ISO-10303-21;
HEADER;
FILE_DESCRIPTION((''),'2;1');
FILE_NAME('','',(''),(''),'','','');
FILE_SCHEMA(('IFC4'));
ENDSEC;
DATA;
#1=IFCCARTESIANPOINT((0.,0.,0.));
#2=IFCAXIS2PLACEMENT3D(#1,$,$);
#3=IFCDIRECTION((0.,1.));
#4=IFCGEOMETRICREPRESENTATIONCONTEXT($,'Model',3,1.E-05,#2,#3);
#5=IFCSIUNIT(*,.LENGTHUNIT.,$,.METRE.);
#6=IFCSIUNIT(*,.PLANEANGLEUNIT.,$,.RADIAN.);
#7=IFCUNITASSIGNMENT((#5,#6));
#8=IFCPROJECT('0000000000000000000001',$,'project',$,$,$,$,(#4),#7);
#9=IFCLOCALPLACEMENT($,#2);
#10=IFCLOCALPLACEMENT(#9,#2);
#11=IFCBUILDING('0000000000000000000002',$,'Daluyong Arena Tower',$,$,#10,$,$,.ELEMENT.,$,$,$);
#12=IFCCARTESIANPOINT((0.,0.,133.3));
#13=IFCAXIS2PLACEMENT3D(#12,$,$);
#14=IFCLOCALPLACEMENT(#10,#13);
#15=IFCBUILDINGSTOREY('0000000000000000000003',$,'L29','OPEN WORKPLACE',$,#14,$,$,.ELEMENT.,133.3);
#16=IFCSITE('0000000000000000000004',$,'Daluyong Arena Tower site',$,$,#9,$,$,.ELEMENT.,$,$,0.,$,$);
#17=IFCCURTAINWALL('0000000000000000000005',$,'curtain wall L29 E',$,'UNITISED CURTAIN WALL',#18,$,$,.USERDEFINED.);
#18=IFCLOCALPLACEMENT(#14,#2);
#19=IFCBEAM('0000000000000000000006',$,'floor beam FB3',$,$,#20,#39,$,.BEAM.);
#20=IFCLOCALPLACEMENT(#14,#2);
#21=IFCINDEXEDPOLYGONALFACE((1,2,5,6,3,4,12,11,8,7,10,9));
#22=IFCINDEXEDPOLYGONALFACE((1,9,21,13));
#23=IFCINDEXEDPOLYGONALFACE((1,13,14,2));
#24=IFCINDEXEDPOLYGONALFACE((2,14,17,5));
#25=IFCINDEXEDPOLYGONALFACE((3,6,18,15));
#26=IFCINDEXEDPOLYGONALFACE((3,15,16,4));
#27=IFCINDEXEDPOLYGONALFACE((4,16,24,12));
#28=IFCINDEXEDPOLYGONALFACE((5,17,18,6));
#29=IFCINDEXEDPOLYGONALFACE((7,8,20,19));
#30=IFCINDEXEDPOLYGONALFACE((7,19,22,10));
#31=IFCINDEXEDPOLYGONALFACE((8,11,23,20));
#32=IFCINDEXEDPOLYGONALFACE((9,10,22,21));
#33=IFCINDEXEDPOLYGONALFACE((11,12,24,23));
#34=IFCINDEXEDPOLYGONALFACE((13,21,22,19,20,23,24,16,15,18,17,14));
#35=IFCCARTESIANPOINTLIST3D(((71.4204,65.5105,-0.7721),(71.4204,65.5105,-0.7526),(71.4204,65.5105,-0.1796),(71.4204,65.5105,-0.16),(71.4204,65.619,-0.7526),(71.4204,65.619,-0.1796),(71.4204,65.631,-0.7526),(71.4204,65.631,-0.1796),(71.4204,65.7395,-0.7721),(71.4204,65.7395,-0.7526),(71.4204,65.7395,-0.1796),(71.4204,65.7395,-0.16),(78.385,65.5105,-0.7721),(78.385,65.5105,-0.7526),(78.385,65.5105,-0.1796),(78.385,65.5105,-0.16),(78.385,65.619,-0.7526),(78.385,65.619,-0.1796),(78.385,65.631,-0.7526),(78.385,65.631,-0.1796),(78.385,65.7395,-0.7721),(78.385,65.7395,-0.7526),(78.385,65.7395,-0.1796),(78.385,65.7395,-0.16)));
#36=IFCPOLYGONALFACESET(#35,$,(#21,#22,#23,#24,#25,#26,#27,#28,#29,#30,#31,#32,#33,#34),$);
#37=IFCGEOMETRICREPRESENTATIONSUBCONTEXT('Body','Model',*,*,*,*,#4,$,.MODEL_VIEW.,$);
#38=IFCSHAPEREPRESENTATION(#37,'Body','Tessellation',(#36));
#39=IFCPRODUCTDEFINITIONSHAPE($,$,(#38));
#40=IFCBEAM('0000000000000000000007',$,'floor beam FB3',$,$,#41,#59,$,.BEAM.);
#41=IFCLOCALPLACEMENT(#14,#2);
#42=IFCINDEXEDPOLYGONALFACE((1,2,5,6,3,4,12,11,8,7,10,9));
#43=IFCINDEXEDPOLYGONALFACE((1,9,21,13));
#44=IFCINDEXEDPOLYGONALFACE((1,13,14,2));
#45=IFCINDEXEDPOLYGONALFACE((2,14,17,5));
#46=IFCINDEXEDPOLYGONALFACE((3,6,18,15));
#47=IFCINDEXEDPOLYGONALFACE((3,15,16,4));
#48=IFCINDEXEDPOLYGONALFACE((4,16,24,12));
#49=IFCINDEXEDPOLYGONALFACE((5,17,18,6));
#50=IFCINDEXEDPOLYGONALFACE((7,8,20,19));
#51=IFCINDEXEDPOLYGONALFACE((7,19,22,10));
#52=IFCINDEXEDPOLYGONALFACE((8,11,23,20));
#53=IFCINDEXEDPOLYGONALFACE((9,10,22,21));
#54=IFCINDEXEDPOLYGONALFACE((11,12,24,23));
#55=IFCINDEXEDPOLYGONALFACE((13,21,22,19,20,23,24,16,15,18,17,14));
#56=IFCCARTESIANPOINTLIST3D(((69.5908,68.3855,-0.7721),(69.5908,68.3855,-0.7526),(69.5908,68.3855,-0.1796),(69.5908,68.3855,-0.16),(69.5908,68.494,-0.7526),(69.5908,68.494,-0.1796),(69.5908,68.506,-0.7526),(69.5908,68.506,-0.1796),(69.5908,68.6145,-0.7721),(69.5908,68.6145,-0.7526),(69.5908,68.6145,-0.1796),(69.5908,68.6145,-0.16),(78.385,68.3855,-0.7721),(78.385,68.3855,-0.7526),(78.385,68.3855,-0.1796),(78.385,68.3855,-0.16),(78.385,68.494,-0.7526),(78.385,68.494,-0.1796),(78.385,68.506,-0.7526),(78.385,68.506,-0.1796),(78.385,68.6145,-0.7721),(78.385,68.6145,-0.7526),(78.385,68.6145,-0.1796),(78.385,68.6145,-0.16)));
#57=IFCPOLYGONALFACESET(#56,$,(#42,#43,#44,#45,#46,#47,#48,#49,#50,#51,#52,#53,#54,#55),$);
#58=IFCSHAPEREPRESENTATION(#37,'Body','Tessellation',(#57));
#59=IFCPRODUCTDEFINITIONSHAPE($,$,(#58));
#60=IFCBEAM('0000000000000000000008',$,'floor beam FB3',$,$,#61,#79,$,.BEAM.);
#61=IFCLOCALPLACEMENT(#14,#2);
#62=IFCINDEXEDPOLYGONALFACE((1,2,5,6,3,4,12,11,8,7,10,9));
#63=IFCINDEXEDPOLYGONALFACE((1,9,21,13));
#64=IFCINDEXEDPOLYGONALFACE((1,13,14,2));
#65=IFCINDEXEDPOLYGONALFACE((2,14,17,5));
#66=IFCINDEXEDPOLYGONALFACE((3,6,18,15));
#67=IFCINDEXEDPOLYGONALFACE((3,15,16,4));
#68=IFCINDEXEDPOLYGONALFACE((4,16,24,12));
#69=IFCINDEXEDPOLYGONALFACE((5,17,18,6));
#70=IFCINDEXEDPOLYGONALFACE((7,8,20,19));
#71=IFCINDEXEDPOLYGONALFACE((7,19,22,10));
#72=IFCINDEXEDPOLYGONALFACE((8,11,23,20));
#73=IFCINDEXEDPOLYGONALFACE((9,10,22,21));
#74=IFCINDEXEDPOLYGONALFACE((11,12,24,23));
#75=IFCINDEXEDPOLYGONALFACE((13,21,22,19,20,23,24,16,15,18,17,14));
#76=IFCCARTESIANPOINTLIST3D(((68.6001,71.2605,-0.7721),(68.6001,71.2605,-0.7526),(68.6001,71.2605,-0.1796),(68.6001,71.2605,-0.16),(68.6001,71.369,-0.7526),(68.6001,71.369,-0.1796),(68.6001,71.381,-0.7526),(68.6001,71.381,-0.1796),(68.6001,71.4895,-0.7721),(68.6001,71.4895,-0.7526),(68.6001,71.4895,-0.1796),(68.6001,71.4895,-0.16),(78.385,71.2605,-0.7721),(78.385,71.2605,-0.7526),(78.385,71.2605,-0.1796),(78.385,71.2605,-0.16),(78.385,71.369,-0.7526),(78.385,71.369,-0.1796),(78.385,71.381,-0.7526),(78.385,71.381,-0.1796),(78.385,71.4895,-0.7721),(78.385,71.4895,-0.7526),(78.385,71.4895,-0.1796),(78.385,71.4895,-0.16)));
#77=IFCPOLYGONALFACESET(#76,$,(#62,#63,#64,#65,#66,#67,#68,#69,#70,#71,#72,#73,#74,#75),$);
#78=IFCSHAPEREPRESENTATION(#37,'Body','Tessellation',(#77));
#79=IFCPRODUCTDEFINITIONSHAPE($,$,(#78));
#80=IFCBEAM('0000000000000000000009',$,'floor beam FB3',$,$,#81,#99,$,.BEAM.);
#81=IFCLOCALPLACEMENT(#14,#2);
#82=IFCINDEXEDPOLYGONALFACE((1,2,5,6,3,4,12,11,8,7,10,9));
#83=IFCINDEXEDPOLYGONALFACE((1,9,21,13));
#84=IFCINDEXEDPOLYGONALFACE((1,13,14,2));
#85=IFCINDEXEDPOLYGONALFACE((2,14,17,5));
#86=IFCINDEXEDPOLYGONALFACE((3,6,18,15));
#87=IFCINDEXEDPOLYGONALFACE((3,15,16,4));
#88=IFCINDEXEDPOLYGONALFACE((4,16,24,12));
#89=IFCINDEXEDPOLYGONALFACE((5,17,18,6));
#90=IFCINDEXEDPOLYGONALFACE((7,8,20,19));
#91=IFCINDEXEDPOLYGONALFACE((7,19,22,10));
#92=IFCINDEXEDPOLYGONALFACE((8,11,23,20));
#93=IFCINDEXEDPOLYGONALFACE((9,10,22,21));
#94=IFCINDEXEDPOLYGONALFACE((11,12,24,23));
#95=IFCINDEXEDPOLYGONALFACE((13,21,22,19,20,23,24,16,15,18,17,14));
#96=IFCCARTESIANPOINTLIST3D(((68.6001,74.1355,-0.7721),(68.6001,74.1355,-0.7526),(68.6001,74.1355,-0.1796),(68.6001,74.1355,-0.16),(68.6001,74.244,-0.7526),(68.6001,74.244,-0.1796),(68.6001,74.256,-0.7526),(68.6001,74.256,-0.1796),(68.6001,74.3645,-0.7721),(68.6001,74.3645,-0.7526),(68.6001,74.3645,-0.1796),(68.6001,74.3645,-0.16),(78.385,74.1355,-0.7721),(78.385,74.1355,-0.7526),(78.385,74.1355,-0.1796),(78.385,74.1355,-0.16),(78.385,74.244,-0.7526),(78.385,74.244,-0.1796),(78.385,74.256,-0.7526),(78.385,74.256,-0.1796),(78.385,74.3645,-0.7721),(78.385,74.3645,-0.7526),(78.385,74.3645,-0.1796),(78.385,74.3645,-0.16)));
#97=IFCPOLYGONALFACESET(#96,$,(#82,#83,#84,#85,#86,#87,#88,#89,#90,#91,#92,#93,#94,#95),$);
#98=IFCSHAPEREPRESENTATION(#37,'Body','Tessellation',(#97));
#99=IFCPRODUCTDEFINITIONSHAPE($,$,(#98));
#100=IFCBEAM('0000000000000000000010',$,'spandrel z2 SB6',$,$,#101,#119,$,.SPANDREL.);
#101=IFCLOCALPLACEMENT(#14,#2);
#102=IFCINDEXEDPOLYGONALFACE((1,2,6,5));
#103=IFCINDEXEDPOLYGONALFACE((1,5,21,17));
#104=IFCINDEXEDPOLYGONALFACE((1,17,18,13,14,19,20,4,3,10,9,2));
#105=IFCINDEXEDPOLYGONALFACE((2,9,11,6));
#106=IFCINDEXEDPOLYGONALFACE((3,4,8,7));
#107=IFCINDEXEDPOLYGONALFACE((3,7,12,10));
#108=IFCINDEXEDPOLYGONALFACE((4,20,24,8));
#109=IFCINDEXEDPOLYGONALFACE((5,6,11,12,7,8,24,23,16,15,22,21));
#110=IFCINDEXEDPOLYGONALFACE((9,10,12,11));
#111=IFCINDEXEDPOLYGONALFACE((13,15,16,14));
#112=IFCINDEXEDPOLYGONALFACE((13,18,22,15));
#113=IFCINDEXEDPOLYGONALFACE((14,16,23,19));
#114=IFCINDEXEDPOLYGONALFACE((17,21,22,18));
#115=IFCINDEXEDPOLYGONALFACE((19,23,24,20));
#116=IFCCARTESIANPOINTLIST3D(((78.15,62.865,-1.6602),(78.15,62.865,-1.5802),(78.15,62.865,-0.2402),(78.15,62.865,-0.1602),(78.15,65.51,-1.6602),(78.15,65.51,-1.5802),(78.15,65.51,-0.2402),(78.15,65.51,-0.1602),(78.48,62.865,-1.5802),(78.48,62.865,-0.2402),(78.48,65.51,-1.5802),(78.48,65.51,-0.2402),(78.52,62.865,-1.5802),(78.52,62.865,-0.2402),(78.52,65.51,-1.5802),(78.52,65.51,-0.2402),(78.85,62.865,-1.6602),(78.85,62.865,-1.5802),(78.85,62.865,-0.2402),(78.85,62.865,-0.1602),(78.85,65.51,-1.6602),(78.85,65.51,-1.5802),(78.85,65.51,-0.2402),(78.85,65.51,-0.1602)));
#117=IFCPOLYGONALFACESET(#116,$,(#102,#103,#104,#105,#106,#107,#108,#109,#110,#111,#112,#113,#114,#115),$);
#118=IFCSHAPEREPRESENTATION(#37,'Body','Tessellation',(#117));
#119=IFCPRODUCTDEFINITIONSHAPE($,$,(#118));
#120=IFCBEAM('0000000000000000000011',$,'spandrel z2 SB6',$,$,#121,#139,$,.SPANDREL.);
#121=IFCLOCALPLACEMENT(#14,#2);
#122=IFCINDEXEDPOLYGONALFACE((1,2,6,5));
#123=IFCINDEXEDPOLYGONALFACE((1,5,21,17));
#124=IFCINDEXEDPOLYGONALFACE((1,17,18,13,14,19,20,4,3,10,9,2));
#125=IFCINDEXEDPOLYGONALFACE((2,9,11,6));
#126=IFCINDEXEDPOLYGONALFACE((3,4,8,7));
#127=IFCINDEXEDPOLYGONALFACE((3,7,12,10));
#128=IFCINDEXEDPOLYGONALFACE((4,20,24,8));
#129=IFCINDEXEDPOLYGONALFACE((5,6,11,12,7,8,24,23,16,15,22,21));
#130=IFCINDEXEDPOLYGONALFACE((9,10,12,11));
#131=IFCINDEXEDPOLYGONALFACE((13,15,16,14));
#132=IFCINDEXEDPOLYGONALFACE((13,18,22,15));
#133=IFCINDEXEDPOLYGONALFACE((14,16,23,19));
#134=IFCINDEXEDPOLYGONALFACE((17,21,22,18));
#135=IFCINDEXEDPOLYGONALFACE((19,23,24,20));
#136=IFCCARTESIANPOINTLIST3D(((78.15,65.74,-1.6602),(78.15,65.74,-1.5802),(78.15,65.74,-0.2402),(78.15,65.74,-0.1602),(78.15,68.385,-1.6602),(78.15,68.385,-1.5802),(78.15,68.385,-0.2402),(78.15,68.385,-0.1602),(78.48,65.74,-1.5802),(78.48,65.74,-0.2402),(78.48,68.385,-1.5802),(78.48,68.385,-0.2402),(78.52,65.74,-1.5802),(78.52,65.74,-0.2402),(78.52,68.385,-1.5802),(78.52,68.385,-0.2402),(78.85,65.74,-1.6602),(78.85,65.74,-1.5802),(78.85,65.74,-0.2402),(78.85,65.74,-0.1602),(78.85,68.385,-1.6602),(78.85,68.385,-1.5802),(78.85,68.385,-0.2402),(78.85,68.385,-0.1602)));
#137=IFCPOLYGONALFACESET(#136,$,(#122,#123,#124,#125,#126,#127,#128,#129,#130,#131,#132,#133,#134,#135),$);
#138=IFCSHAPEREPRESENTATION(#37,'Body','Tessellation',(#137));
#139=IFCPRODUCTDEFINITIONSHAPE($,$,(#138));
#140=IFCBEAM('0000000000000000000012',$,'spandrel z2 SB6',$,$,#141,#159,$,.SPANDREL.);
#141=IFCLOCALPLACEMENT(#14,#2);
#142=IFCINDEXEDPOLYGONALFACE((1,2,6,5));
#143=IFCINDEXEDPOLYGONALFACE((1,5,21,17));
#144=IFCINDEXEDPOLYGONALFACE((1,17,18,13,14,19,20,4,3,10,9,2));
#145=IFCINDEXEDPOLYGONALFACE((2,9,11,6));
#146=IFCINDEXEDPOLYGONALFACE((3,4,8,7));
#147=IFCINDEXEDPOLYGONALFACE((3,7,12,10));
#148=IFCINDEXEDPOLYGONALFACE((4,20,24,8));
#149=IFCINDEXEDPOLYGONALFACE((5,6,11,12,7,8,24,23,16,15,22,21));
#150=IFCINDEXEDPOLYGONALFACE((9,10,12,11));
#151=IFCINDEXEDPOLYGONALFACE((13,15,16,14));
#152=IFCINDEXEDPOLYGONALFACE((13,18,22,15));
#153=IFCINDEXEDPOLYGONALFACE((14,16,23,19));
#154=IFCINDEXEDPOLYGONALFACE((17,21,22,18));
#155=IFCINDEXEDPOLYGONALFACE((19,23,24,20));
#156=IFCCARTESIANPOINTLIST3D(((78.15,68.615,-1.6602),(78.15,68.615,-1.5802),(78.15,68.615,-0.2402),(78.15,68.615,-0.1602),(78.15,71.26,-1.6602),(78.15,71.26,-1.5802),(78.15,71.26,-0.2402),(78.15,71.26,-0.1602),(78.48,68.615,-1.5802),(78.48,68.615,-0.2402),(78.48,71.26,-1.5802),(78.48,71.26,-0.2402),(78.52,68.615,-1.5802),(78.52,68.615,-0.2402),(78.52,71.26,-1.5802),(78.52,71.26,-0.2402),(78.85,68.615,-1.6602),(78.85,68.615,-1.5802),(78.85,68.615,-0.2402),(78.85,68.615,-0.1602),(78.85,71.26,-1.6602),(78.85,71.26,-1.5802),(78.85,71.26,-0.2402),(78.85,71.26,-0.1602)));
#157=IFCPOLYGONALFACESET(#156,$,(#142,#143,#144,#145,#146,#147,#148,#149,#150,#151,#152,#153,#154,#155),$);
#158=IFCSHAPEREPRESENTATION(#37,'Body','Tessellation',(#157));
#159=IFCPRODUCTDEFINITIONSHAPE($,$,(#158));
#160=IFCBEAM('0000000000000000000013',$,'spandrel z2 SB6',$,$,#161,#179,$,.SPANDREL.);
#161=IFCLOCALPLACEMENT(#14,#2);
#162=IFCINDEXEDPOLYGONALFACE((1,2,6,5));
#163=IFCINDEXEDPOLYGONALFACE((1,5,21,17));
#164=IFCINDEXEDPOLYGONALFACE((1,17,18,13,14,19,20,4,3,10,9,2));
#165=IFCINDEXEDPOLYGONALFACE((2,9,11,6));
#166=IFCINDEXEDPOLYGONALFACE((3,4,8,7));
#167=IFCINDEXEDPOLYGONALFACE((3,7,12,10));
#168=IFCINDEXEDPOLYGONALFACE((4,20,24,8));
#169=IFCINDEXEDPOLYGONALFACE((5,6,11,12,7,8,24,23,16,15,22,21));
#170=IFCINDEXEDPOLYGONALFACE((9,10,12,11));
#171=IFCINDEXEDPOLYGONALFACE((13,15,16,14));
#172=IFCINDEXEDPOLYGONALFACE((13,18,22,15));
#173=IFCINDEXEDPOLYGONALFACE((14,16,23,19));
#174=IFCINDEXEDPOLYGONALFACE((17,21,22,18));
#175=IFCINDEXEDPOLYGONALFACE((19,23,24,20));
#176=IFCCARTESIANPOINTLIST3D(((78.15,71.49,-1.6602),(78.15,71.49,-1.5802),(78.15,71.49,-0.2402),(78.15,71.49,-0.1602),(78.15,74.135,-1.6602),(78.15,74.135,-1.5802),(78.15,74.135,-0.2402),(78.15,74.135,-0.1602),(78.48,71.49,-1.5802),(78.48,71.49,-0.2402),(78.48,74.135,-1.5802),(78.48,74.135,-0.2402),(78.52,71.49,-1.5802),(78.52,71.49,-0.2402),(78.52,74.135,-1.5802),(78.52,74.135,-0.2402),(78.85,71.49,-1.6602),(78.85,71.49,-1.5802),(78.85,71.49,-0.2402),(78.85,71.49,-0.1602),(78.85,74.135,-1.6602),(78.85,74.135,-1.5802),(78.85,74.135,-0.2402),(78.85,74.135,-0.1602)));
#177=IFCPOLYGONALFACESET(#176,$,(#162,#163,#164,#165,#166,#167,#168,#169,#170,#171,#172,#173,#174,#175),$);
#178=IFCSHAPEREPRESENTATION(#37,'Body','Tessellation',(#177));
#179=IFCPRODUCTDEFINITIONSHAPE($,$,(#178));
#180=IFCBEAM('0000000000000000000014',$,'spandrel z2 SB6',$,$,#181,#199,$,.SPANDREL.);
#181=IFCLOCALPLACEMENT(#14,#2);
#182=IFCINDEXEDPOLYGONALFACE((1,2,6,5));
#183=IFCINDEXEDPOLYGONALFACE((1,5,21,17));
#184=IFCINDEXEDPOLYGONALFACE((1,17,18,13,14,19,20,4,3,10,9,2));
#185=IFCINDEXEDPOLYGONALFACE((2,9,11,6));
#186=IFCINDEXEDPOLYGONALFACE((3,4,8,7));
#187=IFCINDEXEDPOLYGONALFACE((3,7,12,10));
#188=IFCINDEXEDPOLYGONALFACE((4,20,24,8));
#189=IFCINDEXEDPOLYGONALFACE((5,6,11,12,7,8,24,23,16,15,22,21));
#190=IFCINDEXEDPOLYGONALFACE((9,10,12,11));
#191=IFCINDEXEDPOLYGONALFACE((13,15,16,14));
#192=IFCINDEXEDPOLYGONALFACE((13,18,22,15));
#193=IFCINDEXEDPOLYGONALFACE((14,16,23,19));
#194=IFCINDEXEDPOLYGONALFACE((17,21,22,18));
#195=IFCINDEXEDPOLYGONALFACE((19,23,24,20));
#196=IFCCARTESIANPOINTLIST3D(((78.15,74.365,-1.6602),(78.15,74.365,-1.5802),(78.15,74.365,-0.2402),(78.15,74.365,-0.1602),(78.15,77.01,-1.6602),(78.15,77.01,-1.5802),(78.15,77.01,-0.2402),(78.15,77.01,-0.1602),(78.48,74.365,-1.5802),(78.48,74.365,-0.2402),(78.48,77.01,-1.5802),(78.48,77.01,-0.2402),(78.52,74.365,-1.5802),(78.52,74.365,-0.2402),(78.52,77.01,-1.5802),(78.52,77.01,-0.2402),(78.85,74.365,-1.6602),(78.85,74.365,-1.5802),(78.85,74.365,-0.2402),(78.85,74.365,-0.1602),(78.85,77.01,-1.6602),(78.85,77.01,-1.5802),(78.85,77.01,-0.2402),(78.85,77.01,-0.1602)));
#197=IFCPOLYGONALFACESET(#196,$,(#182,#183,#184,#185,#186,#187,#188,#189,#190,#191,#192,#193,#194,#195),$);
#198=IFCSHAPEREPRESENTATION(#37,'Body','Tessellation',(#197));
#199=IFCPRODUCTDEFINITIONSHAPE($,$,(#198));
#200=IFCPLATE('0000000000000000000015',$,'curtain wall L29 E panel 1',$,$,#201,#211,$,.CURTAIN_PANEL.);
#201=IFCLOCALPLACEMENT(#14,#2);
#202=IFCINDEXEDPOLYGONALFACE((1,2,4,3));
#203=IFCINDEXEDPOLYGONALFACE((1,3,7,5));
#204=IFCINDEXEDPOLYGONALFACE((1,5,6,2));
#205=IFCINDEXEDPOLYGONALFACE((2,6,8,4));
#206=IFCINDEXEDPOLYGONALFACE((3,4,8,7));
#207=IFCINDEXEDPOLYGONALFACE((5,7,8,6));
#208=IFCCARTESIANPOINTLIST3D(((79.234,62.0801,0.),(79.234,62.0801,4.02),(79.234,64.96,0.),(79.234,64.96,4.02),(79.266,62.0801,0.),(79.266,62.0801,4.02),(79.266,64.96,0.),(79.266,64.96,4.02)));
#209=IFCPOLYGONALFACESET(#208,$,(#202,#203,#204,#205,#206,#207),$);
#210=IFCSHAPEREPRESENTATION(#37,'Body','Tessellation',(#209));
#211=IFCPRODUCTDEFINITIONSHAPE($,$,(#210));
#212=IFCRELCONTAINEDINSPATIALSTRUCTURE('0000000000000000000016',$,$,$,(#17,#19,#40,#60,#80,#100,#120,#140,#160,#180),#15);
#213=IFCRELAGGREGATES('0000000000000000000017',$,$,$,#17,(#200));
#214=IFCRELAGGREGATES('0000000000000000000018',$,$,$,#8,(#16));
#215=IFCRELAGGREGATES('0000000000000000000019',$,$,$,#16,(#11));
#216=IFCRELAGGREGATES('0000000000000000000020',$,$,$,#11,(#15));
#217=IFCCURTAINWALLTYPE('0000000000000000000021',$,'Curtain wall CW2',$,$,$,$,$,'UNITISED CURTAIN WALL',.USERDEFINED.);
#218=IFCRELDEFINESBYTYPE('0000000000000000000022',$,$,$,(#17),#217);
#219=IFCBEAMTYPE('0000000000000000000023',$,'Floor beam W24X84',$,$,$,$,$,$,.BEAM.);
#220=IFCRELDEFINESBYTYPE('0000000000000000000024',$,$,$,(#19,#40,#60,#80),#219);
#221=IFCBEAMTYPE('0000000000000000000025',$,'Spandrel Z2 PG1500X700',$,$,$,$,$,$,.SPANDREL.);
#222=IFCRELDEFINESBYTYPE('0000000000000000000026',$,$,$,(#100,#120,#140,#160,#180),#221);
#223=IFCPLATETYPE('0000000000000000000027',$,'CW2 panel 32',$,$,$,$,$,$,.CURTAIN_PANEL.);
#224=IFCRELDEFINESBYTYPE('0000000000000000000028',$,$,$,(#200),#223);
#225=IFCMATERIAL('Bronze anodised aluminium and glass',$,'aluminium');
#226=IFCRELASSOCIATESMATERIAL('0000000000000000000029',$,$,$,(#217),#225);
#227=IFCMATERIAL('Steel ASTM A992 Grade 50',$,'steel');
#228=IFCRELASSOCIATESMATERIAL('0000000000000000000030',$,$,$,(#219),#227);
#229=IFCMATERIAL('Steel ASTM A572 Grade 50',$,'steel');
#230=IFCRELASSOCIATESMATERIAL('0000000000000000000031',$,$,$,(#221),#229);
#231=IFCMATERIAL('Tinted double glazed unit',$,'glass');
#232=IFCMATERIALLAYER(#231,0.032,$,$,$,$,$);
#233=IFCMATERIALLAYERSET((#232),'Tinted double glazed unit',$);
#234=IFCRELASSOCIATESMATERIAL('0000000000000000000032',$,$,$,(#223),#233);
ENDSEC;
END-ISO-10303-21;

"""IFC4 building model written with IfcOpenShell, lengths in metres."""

from ifc_helpers import new_model, si_unit, direction, frame, origin, origin_2d, place, context, subcontext, project, spatial, rectangle, i_section, extrude, material, layer, layer_set, material_profile, profile_set, type_object, element, aggregate, save


model = new_model("IFC4")

# Units and contexts
model_context = context("Model", 3, precision=1e-05, world=origin(), true_north=direction((0.0, 1.0)))
body_context = subcontext(model_context, "Body", "Model", "MODEL_VIEW")
ifc_project = project(units=[si_unit("LENGTHUNIT", "METRE"), si_unit("PLANEANGLEUNIT", "RADIAN")], contexts=[model_context])

# Site, building, storey
site_placement = place(None, origin())
site = spatial("IfcSite", under=ifc_project, at=site_placement, Name="Daluyong Arena Tower site", CompositionType="ELEMENT", RefElevation=0.0)
building_placement = place(site_placement, origin())
building = spatial("IfcBuilding", under=site, at=building_placement, Name="Daluyong Arena Tower", CompositionType="ELEMENT")
storey_placement = place(building_placement, frame((0.0, 0.0, 133.3)))
storey = spatial("IfcBuildingStorey", under=building, at=storey_placement, Name="L29", Description="OPEN WORKPLACE", CompositionType="ELEMENT", Elevation=133.3)

# Curtain wall
ifc_material_1 = material(Name="Bronze anodised aluminium and glass", Category="aluminium")
curtain_wall_type = type_object("IfcCurtainWallType", Name="Curtain wall CW2", ElementType="UNITISED CURTAIN WALL", PredefinedType="USERDEFINED", material=ifc_material_1)
curtain_wall_placement = place(storey_placement, origin())
curtain_wall = element("IfcCurtainWall", 1, at=curtain_wall_placement, inside=storey, type_object=curtain_wall_type, Name="curtain wall L29 E", ObjectType="UNITISED CURTAIN WALL", PredefinedType="USERDEFINED")

# Beams
ifc_material_2 = material(Name="Steel ASTM A992 Grade 50", Category="steel")
ifc_material_profile_1 = material_profile(ifc_material_2, i_section(OverallWidth=0.229, OverallDepth=0.6121, WebThickness=0.012, FlangeThickness=0.0195, at=origin_2d()))
ifc_profile_set_1 = profile_set([ifc_material_profile_1], Name="Steel ASTM A992 Grade 50")
beam_type_1 = type_object("IfcBeamType", Name="Floor beam W24X84", PredefinedType="BEAM", material=ifc_profile_set_1)
beam_1_placement = place(storey_placement, frame((78.385, 65.625, -0.4661), z_axis=(-1.0, 0.0, 0.0), x_axis=(0.0, -1.0, 0.0)))
element("IfcBeam", 2, at=beam_1_placement, inside=storey, type_object=beam_type_1, Name="floor beam FB3", PredefinedType="BEAM", context=body_context, shape_type="SweptSolid", body=[
    extrude(i_section(OverallWidth=0.229, OverallDepth=0.6121, WebThickness=0.012, FlangeThickness=0.0195, at=origin_2d()), origin(), (0.0, 0.0, 1.0), 6.9646),
])
beam_2_placement = place(storey_placement, frame((78.385, 68.5, -0.4661), z_axis=(-1.0, 0.0, 0.0), x_axis=(0.0, -1.0, 0.0)))
element("IfcBeam", 3, at=beam_2_placement, inside=storey, type_object=beam_type_1, Name="floor beam FB3", PredefinedType="BEAM", context=body_context, shape_type="SweptSolid", body=[
    extrude(i_section(OverallWidth=0.229, OverallDepth=0.6121, WebThickness=0.012, FlangeThickness=0.0195, at=origin_2d()), origin(), (0.0, 0.0, 1.0), 8.7942),
])
for number, where, z_axis, x_axis, name in (
    (4, (78.385, 71.375, -0.4661), (-1.0, 0.0, 0.0), (0.0, -1.0, 0.0), "floor beam FB3"),
    (5, (78.385, 74.25, -0.4661), (-1.0, 0.0, 0.0), (0.0, -1.0, 0.0), "floor beam FB3"),
):
    element("IfcBeam", number, at=place(storey_placement, frame(where, z_axis=z_axis, x_axis=x_axis)), inside=storey, type_object=beam_type_1, Name=name, PredefinedType="BEAM", context=body_context, shape_type="SweptSolid", body=[
        extrude(i_section(OverallWidth=0.229, OverallDepth=0.6121, WebThickness=0.012, FlangeThickness=0.0195, at=origin_2d()), origin(), (0.0, 0.0, 1.0), 9.7849),
    ])
ifc_material_3 = material(Name="Steel ASTM A572 Grade 50", Category="steel")
ifc_material_profile_2 = material_profile(ifc_material_3, i_section(OverallWidth=0.7, OverallDepth=1.5, WebThickness=0.04, FlangeThickness=0.08, at=origin_2d()))
ifc_profile_set_2 = profile_set([ifc_material_profile_2], Name="Steel ASTM A572 Grade 50")
beam_type_2 = type_object("IfcBeamType", Name="Spandrel Z2 PG1500X700", PredefinedType="SPANDREL", material=ifc_profile_set_2)
for number, where, z_axis, x_axis, name in (
    (6, (78.5, 62.865, -0.9102), (0.0, 1.0, 0.0), (-1.0, 0.0, 0.0), "spandrel z2 SB6"),
    (7, (78.5, 65.74, -0.9102), (0.0, 1.0, 0.0), (-1.0, 0.0, 0.0), "spandrel z2 SB6"),
    (8, (78.5, 68.615, -0.9102), (0.0, 1.0, 0.0), (-1.0, 0.0, 0.0), "spandrel z2 SB6"),
    (9, (78.5, 71.49, -0.9102), (0.0, 1.0, 0.0), (-1.0, 0.0, 0.0), "spandrel z2 SB6"),
    (10, (78.5, 74.365, -0.9102), (0.0, 1.0, 0.0), (-1.0, 0.0, 0.0), "spandrel z2 SB6"),
):
    element("IfcBeam", number, at=place(storey_placement, frame(where, z_axis=z_axis, x_axis=x_axis)), inside=storey, type_object=beam_type_2, Name=name, PredefinedType="SPANDREL", context=body_context, shape_type="SweptSolid", body=[
        extrude(i_section(OverallWidth=0.7, OverallDepth=1.5, WebThickness=0.04, FlangeThickness=0.08, at=origin_2d()), origin(), (0.0, 0.0, 1.0), 2.645),
    ])

# Plate
ifc_material_4 = material(Name="Tinted double glazed unit", Category="glass")
ifc_layer_1 = layer(ifc_material_4, 0.032)
ifc_layer_set_1 = layer_set([ifc_layer_1], Name="Tinted double glazed unit")
plate_type = type_object("IfcPlateType", Name="CW2 panel 32", PredefinedType="CURTAIN_PANEL", material=ifc_layer_set_1)
plate_1_placement = place(storey_placement, frame((79.25, 63.52, 0.0), z_axis=(0.0, 0.0, 1.0), x_axis=(0.0, 1.0, 0.0)))
plate_1 = element("IfcPlate", 11, at=plate_1_placement, type_object=plate_type, Name="curtain wall L29 E panel 1", PredefinedType="CURTAIN_PANEL", context=body_context, shape_type="SweptSolid", body=[
    extrude(rectangle(XDim=2.8799, YDim=0.032, at=origin_2d()), origin(), (0.0, 0.0, 1.0), 4.02),
])
aggregate(curtain_wall, [plate_1])

save(model, "model.ifc")
